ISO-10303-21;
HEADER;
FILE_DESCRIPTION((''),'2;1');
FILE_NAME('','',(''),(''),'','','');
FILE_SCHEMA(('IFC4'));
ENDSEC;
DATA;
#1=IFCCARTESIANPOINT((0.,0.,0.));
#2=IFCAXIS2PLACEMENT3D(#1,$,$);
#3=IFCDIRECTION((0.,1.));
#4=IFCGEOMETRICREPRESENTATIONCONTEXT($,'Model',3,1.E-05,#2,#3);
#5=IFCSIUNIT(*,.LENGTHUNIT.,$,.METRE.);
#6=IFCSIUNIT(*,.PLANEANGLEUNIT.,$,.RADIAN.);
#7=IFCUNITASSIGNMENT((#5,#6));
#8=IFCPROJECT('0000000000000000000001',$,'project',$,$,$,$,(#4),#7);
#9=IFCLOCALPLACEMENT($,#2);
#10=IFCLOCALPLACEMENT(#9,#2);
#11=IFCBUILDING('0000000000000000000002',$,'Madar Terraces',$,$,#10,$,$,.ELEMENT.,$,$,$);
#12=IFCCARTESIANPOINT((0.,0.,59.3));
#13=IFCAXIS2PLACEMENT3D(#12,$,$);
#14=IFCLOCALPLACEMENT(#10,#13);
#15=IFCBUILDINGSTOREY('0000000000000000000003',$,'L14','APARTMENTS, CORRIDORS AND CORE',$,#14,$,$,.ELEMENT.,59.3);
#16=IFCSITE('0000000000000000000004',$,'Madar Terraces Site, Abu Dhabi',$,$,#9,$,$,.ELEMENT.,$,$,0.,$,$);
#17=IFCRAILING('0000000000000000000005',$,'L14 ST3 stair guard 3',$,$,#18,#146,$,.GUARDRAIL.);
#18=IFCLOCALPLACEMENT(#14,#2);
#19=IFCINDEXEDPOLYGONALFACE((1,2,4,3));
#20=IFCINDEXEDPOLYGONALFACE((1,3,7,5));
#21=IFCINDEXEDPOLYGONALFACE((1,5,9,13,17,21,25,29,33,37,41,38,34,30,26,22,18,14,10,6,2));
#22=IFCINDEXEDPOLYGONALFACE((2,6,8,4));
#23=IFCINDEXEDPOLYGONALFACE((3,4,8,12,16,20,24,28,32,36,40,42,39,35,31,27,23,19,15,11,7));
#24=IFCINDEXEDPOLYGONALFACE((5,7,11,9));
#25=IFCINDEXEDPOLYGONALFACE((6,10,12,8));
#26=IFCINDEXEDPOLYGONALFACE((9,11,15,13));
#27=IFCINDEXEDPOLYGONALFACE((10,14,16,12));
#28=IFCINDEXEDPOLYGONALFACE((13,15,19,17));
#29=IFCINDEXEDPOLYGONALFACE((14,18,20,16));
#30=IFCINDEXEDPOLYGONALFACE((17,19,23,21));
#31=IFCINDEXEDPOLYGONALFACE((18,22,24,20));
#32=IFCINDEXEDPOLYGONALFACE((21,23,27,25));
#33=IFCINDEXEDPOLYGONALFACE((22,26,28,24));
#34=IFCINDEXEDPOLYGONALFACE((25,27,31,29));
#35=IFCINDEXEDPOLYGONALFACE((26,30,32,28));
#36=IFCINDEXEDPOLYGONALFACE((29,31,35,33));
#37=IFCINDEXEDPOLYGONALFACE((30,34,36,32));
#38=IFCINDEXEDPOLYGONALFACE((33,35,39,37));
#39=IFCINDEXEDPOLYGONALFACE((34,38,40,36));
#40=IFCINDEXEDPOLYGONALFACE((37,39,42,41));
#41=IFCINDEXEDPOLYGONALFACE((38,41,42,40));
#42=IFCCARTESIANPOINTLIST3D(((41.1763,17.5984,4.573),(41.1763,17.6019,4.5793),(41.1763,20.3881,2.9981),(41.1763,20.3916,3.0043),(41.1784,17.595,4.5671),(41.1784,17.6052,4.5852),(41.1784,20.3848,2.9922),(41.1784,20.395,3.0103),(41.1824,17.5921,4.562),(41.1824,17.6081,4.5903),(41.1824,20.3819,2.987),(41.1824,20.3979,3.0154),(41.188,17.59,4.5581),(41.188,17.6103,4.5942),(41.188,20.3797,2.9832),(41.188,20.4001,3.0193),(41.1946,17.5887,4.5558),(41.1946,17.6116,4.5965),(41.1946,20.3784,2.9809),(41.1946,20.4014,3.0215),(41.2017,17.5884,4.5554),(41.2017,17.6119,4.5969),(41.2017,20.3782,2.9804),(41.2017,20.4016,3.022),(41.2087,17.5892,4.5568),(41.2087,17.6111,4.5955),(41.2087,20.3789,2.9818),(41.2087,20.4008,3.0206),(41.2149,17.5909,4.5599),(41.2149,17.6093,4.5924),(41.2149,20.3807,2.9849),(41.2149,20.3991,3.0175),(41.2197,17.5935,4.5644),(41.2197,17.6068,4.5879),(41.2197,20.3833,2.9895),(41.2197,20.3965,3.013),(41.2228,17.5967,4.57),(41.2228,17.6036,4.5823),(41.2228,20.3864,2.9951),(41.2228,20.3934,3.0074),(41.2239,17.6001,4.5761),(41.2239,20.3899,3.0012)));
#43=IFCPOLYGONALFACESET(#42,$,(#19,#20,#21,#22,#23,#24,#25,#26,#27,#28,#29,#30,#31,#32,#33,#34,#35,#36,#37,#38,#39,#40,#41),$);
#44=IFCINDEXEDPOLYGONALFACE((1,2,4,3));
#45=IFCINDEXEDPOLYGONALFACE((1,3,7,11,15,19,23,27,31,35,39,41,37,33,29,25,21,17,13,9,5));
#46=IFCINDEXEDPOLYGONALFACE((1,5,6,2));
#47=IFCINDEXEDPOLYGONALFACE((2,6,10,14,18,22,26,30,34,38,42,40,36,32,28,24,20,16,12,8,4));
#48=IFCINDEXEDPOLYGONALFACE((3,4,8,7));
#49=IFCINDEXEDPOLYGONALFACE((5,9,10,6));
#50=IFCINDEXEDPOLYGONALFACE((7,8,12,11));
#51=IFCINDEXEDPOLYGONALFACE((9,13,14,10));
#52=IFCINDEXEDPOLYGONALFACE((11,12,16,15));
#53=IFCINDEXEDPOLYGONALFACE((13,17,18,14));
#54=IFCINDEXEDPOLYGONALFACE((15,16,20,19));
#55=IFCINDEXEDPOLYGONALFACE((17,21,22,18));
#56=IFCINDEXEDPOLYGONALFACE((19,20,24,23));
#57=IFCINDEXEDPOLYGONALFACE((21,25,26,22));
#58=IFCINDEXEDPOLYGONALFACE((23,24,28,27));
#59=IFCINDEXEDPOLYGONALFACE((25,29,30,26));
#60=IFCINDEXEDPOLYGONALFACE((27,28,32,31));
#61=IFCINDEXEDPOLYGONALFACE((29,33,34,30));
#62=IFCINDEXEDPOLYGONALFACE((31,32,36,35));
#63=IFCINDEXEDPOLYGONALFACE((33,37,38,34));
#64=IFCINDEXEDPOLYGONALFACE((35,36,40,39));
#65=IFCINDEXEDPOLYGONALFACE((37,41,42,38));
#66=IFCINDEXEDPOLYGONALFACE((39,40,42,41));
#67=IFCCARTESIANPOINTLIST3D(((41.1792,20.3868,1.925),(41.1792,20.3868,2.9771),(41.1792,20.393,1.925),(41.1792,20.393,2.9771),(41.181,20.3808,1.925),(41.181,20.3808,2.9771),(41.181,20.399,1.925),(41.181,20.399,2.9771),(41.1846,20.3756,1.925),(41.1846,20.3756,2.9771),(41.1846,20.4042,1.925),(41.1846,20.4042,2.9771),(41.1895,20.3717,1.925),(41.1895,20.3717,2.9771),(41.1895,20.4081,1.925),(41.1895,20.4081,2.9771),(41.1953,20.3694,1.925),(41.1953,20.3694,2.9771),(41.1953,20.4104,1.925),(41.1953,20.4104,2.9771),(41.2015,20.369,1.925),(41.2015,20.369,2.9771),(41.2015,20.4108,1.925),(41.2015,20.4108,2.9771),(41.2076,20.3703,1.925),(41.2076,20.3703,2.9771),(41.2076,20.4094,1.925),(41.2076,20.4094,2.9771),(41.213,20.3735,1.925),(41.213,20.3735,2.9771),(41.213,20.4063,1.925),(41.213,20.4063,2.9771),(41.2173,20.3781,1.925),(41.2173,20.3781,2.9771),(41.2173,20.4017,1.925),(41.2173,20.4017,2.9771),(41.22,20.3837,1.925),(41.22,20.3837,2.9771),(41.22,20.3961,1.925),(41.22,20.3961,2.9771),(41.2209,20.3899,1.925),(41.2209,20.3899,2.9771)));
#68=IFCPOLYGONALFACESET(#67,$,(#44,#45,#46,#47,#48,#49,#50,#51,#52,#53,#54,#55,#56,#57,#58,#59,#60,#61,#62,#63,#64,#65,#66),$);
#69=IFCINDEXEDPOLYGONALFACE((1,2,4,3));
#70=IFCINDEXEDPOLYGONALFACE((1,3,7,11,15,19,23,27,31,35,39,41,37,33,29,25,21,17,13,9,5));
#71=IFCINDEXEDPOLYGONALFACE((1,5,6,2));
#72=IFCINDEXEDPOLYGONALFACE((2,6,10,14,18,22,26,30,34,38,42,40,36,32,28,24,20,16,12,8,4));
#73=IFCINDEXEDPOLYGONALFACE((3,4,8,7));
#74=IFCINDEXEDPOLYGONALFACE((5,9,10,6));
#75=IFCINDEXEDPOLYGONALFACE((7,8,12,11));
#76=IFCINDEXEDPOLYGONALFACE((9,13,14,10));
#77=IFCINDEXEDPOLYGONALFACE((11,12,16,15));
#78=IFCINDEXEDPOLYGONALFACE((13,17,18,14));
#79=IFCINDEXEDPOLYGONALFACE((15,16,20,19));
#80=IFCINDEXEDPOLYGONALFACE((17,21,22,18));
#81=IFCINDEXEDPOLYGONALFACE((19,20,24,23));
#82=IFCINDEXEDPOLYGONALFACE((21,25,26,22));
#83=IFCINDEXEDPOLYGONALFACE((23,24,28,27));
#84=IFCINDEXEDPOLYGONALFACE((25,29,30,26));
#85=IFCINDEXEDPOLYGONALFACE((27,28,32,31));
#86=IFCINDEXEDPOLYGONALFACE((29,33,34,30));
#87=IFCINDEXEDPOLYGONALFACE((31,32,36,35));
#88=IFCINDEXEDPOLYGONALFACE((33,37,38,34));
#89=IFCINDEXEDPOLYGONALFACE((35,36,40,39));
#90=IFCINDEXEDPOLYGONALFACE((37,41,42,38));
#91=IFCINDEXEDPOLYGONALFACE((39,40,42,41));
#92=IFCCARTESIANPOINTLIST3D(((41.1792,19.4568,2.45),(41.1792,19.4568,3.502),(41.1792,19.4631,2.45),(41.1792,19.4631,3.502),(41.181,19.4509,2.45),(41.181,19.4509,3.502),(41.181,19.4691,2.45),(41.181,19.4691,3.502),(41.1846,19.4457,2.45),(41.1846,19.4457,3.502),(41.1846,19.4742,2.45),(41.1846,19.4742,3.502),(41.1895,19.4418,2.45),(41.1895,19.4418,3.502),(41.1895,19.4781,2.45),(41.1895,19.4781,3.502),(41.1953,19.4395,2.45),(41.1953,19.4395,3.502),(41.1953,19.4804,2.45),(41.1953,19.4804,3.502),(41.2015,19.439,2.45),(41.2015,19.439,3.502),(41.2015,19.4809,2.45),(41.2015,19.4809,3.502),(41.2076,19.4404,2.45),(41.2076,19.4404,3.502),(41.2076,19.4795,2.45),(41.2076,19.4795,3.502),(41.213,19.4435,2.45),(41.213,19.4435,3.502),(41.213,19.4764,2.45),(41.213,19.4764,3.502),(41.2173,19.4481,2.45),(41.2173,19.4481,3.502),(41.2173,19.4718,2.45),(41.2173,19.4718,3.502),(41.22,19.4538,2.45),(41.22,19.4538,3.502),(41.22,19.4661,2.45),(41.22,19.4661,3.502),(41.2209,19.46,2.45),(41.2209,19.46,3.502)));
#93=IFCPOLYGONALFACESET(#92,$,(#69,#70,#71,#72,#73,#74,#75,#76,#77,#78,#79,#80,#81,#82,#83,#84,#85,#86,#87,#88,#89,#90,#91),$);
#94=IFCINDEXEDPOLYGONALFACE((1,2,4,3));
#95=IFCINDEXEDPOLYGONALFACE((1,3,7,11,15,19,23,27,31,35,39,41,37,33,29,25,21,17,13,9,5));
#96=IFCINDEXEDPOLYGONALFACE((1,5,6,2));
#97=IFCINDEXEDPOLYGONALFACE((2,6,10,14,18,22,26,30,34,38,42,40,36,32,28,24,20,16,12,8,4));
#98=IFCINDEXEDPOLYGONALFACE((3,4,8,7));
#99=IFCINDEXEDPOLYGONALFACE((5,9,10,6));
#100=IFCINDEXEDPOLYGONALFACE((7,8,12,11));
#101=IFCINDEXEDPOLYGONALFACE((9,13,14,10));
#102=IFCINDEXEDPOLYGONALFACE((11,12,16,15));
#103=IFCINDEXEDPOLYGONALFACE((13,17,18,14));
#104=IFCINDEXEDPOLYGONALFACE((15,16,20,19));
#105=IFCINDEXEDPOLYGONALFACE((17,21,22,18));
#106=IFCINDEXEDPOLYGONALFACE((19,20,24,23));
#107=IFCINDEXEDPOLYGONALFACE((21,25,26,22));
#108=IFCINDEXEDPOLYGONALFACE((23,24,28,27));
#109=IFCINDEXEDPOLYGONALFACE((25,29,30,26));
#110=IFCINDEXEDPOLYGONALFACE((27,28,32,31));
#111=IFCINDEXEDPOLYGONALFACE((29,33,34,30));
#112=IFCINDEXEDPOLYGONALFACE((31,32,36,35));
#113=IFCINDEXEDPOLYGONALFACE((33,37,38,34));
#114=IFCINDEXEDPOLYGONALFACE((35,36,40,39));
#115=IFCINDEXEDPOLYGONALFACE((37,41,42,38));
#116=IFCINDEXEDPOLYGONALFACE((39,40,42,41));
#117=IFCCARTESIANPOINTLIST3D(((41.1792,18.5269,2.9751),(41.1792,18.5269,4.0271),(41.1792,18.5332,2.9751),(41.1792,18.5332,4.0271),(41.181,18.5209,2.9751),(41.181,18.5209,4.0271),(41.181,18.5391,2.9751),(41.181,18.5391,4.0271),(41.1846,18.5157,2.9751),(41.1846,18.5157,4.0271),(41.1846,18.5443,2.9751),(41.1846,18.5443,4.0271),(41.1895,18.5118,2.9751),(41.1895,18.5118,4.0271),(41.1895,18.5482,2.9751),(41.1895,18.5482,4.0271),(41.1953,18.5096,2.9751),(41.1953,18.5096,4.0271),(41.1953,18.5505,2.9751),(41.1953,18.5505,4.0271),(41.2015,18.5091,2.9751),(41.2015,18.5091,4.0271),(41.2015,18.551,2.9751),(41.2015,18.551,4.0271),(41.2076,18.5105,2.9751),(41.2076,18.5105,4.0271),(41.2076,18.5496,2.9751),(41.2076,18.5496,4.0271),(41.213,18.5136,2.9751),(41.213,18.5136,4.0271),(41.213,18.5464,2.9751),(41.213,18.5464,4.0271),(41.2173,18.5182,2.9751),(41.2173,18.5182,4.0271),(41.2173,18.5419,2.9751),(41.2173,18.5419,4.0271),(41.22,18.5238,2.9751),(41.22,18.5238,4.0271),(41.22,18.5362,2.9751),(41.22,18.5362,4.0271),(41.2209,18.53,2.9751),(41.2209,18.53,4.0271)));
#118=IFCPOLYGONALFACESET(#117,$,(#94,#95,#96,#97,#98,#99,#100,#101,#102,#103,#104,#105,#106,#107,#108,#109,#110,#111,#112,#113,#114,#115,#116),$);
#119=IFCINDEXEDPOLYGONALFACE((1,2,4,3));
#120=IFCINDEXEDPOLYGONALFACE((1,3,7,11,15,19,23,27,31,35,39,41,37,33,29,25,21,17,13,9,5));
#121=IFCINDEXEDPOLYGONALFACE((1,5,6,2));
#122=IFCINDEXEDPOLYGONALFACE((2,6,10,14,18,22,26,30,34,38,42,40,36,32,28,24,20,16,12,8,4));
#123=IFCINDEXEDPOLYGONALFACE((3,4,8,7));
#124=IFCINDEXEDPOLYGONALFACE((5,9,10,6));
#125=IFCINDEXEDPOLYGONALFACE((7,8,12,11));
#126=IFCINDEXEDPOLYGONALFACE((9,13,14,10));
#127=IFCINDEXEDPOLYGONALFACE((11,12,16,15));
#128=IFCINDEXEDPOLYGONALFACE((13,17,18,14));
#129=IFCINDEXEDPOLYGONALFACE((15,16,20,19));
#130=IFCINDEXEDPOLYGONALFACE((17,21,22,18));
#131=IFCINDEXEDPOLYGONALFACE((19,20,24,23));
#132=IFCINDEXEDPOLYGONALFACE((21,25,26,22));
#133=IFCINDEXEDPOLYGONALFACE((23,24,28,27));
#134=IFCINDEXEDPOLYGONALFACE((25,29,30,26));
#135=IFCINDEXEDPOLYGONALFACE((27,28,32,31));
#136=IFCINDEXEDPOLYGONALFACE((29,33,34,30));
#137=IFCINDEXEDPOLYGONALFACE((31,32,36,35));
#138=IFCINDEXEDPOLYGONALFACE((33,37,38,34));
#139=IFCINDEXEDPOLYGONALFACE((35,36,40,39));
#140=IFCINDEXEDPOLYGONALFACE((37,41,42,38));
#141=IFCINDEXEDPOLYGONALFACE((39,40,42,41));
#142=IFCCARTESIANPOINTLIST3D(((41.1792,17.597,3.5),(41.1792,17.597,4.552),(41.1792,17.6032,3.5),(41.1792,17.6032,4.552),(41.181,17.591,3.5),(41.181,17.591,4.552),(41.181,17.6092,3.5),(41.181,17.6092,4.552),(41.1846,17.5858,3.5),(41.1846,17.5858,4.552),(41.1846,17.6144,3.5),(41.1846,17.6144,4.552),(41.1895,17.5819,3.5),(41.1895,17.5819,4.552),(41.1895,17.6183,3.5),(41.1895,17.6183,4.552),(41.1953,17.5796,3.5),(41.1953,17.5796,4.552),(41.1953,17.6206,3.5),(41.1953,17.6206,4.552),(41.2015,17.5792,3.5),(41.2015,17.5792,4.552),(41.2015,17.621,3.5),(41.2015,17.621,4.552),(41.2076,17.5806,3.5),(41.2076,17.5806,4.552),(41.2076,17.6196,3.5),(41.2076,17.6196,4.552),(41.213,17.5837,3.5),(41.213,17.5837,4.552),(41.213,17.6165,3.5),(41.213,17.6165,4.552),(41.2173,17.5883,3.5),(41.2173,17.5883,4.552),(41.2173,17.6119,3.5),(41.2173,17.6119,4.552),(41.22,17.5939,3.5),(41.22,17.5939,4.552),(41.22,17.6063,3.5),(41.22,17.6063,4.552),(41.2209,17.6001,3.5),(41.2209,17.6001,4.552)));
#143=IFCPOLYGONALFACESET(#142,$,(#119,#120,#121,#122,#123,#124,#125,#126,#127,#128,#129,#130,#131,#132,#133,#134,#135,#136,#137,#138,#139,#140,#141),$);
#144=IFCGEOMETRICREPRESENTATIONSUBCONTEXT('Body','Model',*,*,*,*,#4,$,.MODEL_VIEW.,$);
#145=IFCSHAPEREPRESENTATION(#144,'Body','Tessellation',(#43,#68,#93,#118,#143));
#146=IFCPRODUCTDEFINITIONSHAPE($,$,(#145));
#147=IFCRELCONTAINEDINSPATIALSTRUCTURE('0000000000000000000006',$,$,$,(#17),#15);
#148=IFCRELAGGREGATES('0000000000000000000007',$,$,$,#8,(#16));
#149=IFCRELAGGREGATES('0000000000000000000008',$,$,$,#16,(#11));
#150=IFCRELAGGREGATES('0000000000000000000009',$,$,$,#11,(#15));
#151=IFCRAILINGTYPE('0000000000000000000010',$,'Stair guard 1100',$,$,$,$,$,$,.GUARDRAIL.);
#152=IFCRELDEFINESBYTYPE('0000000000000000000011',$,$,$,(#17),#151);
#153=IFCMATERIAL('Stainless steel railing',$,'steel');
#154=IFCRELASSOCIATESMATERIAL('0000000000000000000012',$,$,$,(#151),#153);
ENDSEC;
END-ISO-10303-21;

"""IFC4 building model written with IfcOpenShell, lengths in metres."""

from ifc_helpers import new_model, si_unit, direction, frame, origin, origin_2d, place, context, subcontext, project, spatial, circle, extrude, material, type_object, element, save


model = new_model("IFC4")

# Units and contexts
model_context = context("Model", 3, precision=1e-05, world=origin(), true_north=direction((0.0, 1.0)))
body_context = subcontext(model_context, "Body", "Model", "MODEL_VIEW")
ifc_project = project(units=[si_unit("LENGTHUNIT", "METRE"), si_unit("PLANEANGLEUNIT", "RADIAN")], contexts=[model_context])

# Site, building, storey
site_placement = place(None, origin())
site = spatial("IfcSite", under=ifc_project, at=site_placement, Name="Madar Terraces Site, Abu Dhabi", CompositionType="ELEMENT", RefElevation=0.0)
building_placement = place(site_placement, origin())
building = spatial("IfcBuilding", under=site, at=building_placement, Name="Madar Terraces", CompositionType="ELEMENT")
storey_placement = place(building_placement, frame((0.0, 0.0, 59.3)))
storey = spatial("IfcBuildingStorey", under=building, at=storey_placement, Name="L14", Description="APARTMENTS, CORRIDORS AND CORE", CompositionType="ELEMENT", Elevation=59.3)

# Railing
ifc_material_1 = material(Name="Stainless steel railing", Category="steel")
railing_type_1 = type_object("IfcRailingType", Name="Stair guard 1100", PredefinedType="GUARDRAIL", material=ifc_material_1)
railing_1_placement = place(storey_placement, frame((41.2, 20.3899, 1.925)))
element("IfcRailing", 1, at=railing_1_placement, inside=storey, type_object=railing_type_1, Name="L14 ST3 stair guard 3", PredefinedType="GUARDRAIL", context=body_context, shape_type="SweptSolid", body=[
    extrude(circle(Radius=0.0239, at=origin_2d()), frame((0.0, 0.0, 1.0762), z_axis=(0.0, -0.870815, 0.49161), x_axis=(1.0, 0.0, 0.0)), (0.0, 0.0, 1.0), 3.2036),
    extrude(circle(Radius=0.021, at=origin_2d()), origin(), (0.0, 0.0, 1.0), 1.052),
    extrude(circle(Radius=0.021, at=origin_2d()), frame((0.0, -0.9299, 0.5249)), (0.0, 0.0, 1.0), 1.052),
    extrude(circle(Radius=0.021, at=origin_2d()), frame((0.0, -1.8599, 1.05)), (0.0, 0.0, 1.0), 1.052),
    extrude(circle(Radius=0.021, at=origin_2d()), frame((0.0, -2.7898, 1.575)), (0.0, 0.0, 1.0), 1.052),
])

save(model, "model.ifc")
